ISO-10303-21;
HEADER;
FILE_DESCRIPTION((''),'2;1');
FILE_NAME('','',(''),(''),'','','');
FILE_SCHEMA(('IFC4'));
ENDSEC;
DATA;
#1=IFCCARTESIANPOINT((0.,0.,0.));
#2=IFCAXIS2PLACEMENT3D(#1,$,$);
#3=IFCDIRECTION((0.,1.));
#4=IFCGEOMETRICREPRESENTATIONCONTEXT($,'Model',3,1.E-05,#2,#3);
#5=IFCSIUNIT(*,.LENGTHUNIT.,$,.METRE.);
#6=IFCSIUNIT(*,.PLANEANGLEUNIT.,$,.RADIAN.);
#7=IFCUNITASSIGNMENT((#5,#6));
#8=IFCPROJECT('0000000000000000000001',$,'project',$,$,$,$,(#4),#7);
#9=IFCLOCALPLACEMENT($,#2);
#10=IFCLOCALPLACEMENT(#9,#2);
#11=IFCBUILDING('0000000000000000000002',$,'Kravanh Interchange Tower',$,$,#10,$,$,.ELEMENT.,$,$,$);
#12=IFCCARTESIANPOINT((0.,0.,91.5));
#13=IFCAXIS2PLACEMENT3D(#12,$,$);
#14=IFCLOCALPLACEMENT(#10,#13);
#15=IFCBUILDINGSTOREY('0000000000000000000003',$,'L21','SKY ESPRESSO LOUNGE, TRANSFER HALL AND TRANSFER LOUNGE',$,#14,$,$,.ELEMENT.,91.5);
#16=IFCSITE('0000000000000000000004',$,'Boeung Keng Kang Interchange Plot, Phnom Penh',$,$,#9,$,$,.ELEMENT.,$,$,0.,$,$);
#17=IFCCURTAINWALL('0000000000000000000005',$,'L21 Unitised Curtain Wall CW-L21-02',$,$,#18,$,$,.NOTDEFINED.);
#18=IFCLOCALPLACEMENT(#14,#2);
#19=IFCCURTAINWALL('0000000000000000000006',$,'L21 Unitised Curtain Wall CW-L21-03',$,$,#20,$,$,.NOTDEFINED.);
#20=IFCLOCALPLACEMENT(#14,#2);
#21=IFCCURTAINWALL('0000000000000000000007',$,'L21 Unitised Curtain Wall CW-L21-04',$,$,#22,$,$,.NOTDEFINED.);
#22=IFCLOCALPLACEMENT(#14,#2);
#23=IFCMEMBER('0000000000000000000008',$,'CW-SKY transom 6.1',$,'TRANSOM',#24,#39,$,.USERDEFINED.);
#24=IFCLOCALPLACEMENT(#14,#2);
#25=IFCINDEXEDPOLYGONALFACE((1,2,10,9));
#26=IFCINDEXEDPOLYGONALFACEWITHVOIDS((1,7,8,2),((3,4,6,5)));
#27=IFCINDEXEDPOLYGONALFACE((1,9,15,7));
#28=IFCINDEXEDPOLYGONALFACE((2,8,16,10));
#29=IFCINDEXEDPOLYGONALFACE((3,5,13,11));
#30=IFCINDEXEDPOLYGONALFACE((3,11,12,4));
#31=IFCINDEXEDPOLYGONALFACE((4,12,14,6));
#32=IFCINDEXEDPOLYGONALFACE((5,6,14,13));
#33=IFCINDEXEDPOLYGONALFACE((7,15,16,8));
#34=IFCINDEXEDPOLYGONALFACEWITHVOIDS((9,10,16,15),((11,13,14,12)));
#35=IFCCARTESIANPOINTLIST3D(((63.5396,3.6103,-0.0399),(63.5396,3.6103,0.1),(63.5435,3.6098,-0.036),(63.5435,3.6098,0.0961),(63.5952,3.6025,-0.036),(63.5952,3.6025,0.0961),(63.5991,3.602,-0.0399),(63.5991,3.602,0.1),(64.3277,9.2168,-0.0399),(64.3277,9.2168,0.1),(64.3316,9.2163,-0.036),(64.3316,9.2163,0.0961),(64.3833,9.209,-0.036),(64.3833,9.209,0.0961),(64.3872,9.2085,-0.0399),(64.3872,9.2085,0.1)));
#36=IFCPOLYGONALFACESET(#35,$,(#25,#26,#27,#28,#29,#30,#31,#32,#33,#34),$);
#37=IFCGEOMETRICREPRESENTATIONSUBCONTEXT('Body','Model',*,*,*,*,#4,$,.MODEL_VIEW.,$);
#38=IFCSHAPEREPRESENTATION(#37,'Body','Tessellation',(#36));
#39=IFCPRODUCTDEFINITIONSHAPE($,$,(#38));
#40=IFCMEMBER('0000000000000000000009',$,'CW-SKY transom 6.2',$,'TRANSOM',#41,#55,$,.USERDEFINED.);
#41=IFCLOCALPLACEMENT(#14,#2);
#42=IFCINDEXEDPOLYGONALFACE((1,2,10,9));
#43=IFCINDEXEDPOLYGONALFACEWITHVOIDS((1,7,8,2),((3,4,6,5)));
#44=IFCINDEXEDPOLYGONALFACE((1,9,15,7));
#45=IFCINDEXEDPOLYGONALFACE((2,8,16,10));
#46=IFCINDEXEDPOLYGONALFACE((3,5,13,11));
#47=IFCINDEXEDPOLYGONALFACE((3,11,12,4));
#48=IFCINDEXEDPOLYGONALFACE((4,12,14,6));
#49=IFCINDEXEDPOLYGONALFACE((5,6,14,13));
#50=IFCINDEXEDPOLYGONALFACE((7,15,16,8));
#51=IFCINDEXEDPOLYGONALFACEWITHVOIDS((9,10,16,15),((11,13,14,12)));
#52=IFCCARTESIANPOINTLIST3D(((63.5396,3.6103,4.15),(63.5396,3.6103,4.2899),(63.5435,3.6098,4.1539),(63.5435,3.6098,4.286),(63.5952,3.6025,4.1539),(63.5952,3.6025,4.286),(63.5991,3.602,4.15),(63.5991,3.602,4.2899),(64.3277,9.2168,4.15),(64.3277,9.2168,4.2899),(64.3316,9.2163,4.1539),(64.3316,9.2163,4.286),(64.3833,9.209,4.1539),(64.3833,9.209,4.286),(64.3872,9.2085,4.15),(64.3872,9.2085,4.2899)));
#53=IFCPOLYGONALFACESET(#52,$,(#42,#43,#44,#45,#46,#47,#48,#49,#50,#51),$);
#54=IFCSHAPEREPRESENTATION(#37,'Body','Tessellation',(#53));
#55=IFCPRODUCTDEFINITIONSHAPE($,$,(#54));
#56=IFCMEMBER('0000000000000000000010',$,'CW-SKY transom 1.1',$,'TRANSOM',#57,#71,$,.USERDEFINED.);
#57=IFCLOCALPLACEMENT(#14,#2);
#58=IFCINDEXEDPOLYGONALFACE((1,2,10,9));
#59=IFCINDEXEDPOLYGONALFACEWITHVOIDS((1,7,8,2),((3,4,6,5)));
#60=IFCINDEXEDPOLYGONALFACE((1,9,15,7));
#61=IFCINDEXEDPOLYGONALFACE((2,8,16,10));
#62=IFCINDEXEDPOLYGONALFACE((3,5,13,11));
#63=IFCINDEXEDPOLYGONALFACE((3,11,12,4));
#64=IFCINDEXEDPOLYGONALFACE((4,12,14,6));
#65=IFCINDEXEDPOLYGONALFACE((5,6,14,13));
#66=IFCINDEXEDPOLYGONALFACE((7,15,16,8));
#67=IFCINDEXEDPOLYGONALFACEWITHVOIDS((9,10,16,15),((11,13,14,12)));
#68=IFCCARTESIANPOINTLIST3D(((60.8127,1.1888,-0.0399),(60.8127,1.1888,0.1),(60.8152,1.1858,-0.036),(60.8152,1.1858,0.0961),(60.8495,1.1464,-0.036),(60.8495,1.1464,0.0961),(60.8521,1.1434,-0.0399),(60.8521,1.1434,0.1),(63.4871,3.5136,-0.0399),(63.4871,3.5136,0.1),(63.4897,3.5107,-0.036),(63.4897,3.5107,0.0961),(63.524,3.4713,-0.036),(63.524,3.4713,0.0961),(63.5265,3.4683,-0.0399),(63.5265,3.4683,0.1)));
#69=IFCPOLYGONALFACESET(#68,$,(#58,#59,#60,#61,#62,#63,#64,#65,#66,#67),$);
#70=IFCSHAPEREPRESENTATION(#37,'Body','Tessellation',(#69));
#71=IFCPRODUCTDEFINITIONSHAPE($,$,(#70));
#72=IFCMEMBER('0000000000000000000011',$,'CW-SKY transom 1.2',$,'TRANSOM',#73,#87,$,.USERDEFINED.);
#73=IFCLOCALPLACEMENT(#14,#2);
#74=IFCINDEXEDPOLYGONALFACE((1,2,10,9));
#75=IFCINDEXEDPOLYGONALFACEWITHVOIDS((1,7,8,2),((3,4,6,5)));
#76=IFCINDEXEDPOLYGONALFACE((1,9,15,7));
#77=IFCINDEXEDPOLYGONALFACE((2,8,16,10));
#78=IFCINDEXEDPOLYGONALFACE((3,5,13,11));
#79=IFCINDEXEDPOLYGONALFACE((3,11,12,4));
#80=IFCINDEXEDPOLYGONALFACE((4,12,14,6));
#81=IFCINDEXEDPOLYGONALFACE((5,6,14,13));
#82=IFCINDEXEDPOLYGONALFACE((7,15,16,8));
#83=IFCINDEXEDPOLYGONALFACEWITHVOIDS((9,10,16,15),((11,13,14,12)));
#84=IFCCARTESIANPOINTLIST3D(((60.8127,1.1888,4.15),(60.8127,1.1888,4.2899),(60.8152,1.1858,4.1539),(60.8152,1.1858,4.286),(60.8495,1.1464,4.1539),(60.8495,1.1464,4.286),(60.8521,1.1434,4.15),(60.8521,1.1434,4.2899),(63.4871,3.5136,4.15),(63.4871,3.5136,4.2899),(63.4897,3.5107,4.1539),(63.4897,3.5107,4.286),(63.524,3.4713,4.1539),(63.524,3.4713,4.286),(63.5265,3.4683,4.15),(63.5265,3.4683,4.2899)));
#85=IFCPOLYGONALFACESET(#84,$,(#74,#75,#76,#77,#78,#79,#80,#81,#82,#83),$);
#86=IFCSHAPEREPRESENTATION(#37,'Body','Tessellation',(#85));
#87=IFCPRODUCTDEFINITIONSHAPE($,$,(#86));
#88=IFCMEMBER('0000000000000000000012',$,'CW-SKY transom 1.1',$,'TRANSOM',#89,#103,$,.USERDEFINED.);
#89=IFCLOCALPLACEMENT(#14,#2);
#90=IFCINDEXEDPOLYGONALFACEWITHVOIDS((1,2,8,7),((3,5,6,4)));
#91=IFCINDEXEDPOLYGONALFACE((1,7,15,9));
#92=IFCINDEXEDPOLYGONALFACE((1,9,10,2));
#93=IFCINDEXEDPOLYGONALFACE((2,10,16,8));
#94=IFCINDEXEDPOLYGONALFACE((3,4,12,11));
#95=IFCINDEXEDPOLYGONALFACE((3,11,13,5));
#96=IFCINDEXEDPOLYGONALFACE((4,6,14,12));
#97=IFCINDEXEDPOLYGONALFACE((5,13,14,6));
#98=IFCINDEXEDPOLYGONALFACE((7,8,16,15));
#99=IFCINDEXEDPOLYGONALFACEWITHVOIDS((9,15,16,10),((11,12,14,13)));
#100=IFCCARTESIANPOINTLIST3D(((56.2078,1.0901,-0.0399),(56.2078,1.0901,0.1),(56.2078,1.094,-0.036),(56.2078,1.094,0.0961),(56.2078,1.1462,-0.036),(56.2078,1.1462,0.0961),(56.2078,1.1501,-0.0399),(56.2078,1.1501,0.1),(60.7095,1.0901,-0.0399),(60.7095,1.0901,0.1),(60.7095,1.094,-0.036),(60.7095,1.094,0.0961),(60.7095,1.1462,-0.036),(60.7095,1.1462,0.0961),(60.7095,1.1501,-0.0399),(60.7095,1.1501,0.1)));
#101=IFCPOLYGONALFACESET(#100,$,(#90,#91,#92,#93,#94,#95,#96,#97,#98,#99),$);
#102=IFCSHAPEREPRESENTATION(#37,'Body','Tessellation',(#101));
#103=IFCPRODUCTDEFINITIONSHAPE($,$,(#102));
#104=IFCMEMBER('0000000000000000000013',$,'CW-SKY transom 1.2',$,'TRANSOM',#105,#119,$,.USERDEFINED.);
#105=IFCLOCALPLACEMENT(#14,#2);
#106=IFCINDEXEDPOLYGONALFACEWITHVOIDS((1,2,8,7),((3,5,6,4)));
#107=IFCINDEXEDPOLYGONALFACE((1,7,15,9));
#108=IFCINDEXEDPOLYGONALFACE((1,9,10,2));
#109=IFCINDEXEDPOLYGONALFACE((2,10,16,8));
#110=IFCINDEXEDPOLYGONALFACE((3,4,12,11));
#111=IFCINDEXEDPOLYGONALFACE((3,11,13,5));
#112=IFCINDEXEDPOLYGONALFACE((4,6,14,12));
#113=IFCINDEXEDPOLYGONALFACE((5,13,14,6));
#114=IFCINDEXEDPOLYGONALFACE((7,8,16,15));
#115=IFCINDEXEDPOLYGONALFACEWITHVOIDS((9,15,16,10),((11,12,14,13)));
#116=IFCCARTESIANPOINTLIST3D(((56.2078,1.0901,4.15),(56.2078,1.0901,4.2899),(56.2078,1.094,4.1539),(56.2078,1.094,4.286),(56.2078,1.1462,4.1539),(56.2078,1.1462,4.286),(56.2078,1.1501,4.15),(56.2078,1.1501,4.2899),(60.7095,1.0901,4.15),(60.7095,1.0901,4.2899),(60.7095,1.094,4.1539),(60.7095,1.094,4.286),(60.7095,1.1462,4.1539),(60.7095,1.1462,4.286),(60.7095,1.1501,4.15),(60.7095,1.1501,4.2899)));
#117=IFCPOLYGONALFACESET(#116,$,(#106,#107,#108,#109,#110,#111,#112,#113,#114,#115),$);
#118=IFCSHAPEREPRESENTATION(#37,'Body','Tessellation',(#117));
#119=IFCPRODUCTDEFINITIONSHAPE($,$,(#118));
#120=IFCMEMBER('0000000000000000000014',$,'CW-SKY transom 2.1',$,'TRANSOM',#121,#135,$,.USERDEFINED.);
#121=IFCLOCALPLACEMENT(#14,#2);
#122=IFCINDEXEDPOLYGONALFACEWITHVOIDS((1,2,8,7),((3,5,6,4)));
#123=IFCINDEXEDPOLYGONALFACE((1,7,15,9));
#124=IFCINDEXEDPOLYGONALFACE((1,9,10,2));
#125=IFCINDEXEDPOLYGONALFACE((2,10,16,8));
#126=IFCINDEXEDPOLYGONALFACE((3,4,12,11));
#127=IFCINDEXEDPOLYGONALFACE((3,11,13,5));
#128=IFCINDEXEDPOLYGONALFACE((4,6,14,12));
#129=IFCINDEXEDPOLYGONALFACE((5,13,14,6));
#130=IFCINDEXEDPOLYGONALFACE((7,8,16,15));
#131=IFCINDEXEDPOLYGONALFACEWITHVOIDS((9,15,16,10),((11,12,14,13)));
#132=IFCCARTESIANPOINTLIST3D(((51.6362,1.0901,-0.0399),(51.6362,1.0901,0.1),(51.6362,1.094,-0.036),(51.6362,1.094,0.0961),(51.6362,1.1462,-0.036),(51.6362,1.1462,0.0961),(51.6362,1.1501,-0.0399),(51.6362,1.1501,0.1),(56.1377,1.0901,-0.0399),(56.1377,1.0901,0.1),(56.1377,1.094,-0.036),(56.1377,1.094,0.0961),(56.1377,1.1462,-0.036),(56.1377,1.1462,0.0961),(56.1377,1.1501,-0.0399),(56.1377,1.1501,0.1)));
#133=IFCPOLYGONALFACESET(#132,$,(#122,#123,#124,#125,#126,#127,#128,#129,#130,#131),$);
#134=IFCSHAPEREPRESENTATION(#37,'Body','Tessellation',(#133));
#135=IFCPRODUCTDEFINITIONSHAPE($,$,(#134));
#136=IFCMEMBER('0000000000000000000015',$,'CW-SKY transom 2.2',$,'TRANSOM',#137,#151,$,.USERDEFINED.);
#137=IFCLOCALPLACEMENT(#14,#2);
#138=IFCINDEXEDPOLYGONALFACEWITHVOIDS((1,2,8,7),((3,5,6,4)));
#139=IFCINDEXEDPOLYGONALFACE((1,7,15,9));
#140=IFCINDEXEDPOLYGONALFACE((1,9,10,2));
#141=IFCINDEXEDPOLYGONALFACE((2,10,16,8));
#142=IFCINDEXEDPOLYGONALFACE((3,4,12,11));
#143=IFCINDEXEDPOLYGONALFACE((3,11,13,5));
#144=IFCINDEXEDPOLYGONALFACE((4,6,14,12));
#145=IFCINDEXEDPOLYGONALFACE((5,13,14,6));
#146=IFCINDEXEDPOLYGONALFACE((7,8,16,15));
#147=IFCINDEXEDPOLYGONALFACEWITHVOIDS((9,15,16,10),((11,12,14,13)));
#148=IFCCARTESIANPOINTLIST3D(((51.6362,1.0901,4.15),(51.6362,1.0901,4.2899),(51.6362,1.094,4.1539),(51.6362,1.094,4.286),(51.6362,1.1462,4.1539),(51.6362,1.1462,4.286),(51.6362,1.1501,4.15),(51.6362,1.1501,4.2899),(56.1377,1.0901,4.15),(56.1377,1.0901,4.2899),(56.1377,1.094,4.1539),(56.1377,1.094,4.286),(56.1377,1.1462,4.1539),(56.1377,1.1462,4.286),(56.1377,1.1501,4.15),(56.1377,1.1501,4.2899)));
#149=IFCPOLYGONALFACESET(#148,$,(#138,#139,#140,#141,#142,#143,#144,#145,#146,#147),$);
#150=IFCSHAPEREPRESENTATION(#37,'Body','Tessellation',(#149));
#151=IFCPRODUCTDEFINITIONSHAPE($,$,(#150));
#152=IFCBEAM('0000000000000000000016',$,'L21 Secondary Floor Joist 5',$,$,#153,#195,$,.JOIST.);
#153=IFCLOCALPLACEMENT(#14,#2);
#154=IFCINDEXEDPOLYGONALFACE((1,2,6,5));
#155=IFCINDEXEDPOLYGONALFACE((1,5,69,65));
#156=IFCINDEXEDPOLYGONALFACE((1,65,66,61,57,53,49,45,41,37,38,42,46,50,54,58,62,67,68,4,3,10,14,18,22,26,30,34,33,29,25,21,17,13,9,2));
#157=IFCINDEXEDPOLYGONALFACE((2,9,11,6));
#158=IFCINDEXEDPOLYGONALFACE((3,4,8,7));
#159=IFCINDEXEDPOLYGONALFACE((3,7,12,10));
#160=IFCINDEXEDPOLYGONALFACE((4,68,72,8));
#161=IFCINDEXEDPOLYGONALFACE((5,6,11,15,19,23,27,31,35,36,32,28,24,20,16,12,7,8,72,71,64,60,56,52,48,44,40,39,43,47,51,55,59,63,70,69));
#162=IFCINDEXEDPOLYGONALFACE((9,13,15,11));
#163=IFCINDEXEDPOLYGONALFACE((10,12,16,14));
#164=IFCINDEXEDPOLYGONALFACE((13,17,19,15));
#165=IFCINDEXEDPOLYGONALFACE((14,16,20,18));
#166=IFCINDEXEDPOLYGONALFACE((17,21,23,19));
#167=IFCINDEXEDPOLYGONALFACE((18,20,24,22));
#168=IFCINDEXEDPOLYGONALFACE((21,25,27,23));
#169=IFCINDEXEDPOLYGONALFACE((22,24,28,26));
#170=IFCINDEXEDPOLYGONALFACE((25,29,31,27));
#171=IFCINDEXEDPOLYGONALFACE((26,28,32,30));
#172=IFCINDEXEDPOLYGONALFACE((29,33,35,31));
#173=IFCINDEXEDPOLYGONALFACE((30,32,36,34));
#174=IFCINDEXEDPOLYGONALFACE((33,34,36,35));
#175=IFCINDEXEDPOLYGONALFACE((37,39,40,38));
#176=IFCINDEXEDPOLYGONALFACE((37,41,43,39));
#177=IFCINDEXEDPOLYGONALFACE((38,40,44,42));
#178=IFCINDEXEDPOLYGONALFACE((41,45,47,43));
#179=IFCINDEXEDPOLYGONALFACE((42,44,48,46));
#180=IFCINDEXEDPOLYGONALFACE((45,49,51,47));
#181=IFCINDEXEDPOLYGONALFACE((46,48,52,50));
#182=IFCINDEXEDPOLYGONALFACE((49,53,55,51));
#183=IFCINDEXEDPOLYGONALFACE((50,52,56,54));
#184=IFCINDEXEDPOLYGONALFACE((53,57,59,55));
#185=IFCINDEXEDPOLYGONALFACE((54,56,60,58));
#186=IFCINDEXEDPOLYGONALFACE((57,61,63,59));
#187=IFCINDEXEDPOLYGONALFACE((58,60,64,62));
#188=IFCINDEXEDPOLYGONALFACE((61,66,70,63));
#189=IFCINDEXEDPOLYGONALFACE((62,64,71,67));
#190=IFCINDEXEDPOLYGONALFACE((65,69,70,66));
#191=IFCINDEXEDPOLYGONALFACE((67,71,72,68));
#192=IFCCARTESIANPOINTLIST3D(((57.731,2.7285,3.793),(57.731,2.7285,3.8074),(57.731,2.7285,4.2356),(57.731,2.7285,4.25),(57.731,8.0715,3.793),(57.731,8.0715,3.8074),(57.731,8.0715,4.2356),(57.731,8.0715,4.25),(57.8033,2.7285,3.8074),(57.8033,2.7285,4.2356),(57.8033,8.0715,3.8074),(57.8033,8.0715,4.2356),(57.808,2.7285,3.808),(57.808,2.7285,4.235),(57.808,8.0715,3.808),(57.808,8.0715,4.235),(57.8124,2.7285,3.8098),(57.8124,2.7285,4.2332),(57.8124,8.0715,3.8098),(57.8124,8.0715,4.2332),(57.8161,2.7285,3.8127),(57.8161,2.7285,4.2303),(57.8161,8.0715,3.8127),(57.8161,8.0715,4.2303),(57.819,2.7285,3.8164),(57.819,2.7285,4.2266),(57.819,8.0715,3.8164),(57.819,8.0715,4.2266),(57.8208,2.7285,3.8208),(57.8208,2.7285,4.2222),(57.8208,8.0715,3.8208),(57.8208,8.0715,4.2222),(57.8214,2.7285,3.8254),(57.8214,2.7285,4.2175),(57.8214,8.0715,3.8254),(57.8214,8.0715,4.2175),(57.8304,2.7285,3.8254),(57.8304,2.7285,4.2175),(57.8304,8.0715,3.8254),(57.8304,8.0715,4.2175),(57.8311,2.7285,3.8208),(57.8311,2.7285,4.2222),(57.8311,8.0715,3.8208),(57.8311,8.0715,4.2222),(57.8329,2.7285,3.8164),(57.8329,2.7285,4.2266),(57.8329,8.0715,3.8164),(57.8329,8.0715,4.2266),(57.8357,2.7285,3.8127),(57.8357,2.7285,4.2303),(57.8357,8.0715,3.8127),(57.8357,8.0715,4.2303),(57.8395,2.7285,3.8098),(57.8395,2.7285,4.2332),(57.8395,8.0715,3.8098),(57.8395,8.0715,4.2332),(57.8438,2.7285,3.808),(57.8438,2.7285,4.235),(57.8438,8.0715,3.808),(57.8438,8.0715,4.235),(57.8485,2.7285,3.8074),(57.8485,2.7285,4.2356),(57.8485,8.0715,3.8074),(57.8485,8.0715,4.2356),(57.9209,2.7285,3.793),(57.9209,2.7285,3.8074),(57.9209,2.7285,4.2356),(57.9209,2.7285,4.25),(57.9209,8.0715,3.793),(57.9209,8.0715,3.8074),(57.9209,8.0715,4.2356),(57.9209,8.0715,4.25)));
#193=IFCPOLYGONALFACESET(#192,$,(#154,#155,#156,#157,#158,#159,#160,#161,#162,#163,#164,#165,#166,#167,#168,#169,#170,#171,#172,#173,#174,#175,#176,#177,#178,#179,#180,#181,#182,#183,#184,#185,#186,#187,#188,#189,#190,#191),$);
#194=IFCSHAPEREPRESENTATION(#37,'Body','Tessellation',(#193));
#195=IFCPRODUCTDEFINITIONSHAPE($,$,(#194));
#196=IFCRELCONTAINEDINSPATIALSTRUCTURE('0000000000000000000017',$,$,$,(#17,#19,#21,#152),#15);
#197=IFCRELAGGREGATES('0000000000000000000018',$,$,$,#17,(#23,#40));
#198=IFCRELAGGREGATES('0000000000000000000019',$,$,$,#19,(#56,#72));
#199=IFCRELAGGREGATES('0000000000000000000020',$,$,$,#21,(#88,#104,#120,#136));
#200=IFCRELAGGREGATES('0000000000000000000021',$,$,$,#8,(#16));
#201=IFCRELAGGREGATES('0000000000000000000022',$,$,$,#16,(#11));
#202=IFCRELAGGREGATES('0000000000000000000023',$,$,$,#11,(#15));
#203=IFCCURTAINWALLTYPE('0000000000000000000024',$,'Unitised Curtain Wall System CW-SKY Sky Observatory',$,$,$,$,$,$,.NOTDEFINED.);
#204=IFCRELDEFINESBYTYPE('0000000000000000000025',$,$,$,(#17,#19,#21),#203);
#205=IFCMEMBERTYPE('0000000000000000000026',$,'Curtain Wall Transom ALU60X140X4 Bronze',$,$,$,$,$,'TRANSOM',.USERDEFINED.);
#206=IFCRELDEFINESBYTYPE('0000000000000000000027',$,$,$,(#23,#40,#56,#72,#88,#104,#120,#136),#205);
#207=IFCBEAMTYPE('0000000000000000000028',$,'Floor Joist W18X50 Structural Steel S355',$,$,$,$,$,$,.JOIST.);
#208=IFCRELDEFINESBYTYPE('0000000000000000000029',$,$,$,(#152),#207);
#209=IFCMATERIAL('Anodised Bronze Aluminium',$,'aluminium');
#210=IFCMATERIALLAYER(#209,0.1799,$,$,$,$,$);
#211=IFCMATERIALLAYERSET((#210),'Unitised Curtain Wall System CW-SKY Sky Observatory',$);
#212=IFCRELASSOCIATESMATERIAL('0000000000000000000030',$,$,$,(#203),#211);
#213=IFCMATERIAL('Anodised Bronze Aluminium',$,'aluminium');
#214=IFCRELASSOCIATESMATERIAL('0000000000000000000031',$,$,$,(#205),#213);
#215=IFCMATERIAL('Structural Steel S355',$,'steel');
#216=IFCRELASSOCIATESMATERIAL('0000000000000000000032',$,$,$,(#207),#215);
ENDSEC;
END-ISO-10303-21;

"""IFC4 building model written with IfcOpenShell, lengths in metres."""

from ifc_helpers import new_model, si_unit, direction, frame, origin, origin_2d, place, context, subcontext, project, spatial, hollow_rectangle, i_section, extrude, material, layer, layer_set, material_profile, profile_set, type_object, element, aggregate, save


model = new_model("IFC4")

# Units and contexts
model_context = context("Model", 3, precision=1e-05, world=origin(), true_north=direction((0.0, 1.0)))
body_context = subcontext(model_context, "Body", "Model", "MODEL_VIEW")
ifc_project = project(units=[si_unit("LENGTHUNIT", "METRE"), si_unit("PLANEANGLEUNIT", "RADIAN")], contexts=[model_context])

# Site, building, storey
site_placement = place(None, origin())
site = spatial("IfcSite", under=ifc_project, at=site_placement, Name="Boeung Keng Kang Interchange Plot, Phnom Penh", CompositionType="ELEMENT", RefElevation=0.0)
building_placement = place(site_placement, origin())
building = spatial("IfcBuilding", under=site, at=building_placement, Name="Kravanh Interchange Tower", CompositionType="ELEMENT")
storey_placement = place(building_placement, frame((0.0, 0.0, 91.5)))
storey = spatial("IfcBuildingStorey", under=building, at=storey_placement, Name="L21", Description="SKY ESPRESSO LOUNGE, TRANSFER HALL AND TRANSFER LOUNGE", CompositionType="ELEMENT", Elevation=91.5)

# Curtain wall
ifc_material_1 = material(Name="Anodised Bronze Aluminium", Category="aluminium")
ifc_layer_1 = layer(ifc_material_1, 0.1799)
ifc_layer_set_1 = layer_set([ifc_layer_1], Name="Unitised Curtain Wall System CW-SKY Sky Observatory")
curtain_wall_type = type_object("IfcCurtainWallType", Name="Unitised Curtain Wall System CW-SKY Sky Observatory", PredefinedType="NOTDEFINED", material=ifc_layer_set_1)
curtain_wall_1_placement = place(storey_placement, origin())
curtain_wall_1 = element("IfcCurtainWall", 1, at=curtain_wall_1_placement, inside=storey, type_object=curtain_wall_type, Name="L21 Unitised Curtain Wall CW-L21-02", PredefinedType="NOTDEFINED")

# Curtain walls
curtain_wall_2_placement = place(storey_placement, origin())
curtain_wall_2 = element("IfcCurtainWall", 2, at=curtain_wall_2_placement, inside=storey, type_object=curtain_wall_type, Name="L21 Unitised Curtain Wall CW-L21-03", PredefinedType="NOTDEFINED")
curtain_wall_3_placement = place(storey_placement, origin())
curtain_wall_3 = element("IfcCurtainWall", 3, at=curtain_wall_3_placement, inside=storey, type_object=curtain_wall_type, Name="L21 Unitised Curtain Wall CW-L21-04", PredefinedType="NOTDEFINED")

# Members
ifc_material_2 = material(Name="Anodised Bronze Aluminium", Category="aluminium")
ifc_material_profile_1 = material_profile(ifc_material_2, hollow_rectangle(XDim=0.0601, YDim=0.1399, WallThickness=0.0039, at=origin_2d()), Name="ALU60X140X4")
ifc_profile_set_1 = profile_set([ifc_material_profile_1], Name="Anodised Bronze Aluminium")
member_type_1 = type_object("IfcMemberType", Name="Curtain Wall Transom ALU60X140X4 Bronze", ElementType="TRANSOM", PredefinedType="USERDEFINED", material=ifc_profile_set_1)
member_1_placement = place(storey_placement, frame((64.3574, 9.2126, 0.03), z_axis=(-0.139199, -0.990264, 0.0), x_axis=(0.990264, -0.139199, 0.0)))
member_1 = element("IfcMember", 4, at=member_1_placement, type_object=member_type_1, Name="CW-SKY transom 6.1", ObjectType="TRANSOM", PredefinedType="USERDEFINED", context=body_context, shape_type="SweptSolid", body=[
    extrude(hollow_rectangle(XDim=0.0601, YDim=0.1399, WallThickness=0.0039, at=origin_2d()), origin(), (0.0, 0.0, 1.0), 5.6616),
])
member_2_placement = place(storey_placement, frame((64.3574, 9.2126, 4.22), z_axis=(-0.139199, -0.990264, 0.0), x_axis=(0.990264, -0.139199, 0.0)))
member_2 = element("IfcMember", 5, at=member_2_placement, type_object=member_type_1, Name="CW-SKY transom 6.2", ObjectType="TRANSOM", PredefinedType="USERDEFINED", context=body_context, shape_type="SweptSolid", body=[
    extrude(hollow_rectangle(XDim=0.0601, YDim=0.1399, WallThickness=0.0039, at=origin_2d()), origin(), (0.0, 0.0, 1.0), 5.6616),
])
member_3_placement = place(storey_placement, frame((63.5068, 3.491, 0.03), z_axis=(-0.754711, -0.656058, 0.0), x_axis=(0.656058, -0.754711, 0.0)))
member_3 = element("IfcMember", 6, at=member_3_placement, type_object=member_type_1, Name="CW-SKY transom 1.1", ObjectType="TRANSOM", PredefinedType="USERDEFINED", context=body_context, shape_type="SweptSolid", body=[
    extrude(hollow_rectangle(XDim=0.0601, YDim=0.1399, WallThickness=0.0039, at=origin_2d()), origin(), (0.0, 0.0, 1.0), 3.5437),
])
member_4_placement = place(storey_placement, frame((63.5068, 3.491, 4.22), z_axis=(-0.754711, -0.656058, 0.0), x_axis=(0.656058, -0.754711, 0.0)))
member_4 = element("IfcMember", 7, at=member_4_placement, type_object=member_type_1, Name="CW-SKY transom 1.2", ObjectType="TRANSOM", PredefinedType="USERDEFINED", context=body_context, shape_type="SweptSolid", body=[
    extrude(hollow_rectangle(XDim=0.0601, YDim=0.1399, WallThickness=0.0039, at=origin_2d()), origin(), (0.0, 0.0, 1.0), 3.5437),
])
member_5_placement = place(storey_placement, frame((60.7095, 1.1201, 0.03), z_axis=(-1.0, 0.0, 0.0), x_axis=(0.0, -1.0, 0.0)))
member_5 = element("IfcMember", 8, at=member_5_placement, type_object=member_type_1, Name="CW-SKY transom 1.1", ObjectType="TRANSOM", PredefinedType="USERDEFINED", context=body_context, shape_type="SweptSolid", body=[
    extrude(hollow_rectangle(XDim=0.0601, YDim=0.1399, WallThickness=0.0039, at=origin_2d()), origin(), (0.0, 0.0, 1.0), 4.5017),
])
member_6_placement = place(storey_placement, frame((60.7095, 1.1201, 4.22), z_axis=(-1.0, 0.0, 0.0), x_axis=(0.0, -1.0, 0.0)))
member_6 = element("IfcMember", 9, at=member_6_placement, type_object=member_type_1, Name="CW-SKY transom 1.2", ObjectType="TRANSOM", PredefinedType="USERDEFINED", context=body_context, shape_type="SweptSolid", body=[
    extrude(hollow_rectangle(XDim=0.0601, YDim=0.1399, WallThickness=0.0039, at=origin_2d()), origin(), (0.0, 0.0, 1.0), 4.5017),
])
member_7_placement = place(storey_placement, frame((56.1377, 1.1201, 0.03), z_axis=(-1.0, 0.0, 0.0), x_axis=(0.0, -1.0, 0.0)))
member_7 = element("IfcMember", 10, at=member_7_placement, type_object=member_type_1, Name="CW-SKY transom 2.1", ObjectType="TRANSOM", PredefinedType="USERDEFINED", context=body_context, shape_type="SweptSolid", body=[
    extrude(hollow_rectangle(XDim=0.0601, YDim=0.1399, WallThickness=0.0039, at=origin_2d()), origin(), (0.0, 0.0, 1.0), 4.5015),
])
member_8_placement = place(storey_placement, frame((56.1377, 1.1201, 4.22), z_axis=(-1.0, 0.0, 0.0), x_axis=(0.0, -1.0, 0.0)))
member_8 = element("IfcMember", 11, at=member_8_placement, type_object=member_type_1, Name="CW-SKY transom 2.2", ObjectType="TRANSOM", PredefinedType="USERDEFINED", context=body_context, shape_type="SweptSolid", body=[
    extrude(hollow_rectangle(XDim=0.0601, YDim=0.1399, WallThickness=0.0039, at=origin_2d()), origin(), (0.0, 0.0, 1.0), 4.5015),
])

# Beam
ifc_material_3 = material(Name="Structural Steel S355", Category="steel")
ifc_material_profile_2 = material_profile(ifc_material_3, i_section(OverallWidth=0.1899, OverallDepth=0.457, WebThickness=0.009, FlangeThickness=0.0144, FilletRadius=0.0181, at=origin_2d()), Name="W18X50")
ifc_profile_set_2 = profile_set([ifc_material_profile_2], Name="Structural Steel S355")
beam_type_1 = type_object("IfcBeamType", Name="Floor Joist W18X50 Structural Steel S355", PredefinedType="JOIST", material=ifc_profile_set_2)
for number, where, z_axis, x_axis, name in (
    (12, (57.8259, 2.7285, 4.0215), (0.0, 1.0, 0.0), (-1.0, 0.0, 0.0), "L21 Secondary Floor Joist 5"),
):
    element("IfcBeam", number, at=place(storey_placement, frame(where, z_axis=z_axis, x_axis=x_axis)), inside=storey, type_object=beam_type_1, Name=name, PredefinedType="JOIST", context=body_context, shape_type="SweptSolid", body=[
        extrude(i_section(OverallWidth=0.1899, OverallDepth=0.457, WebThickness=0.009, FlangeThickness=0.0144, FilletRadius=0.0181, at=origin_2d()), origin(), (0.0, 0.0, 1.0), 5.343),
    ])

aggregate(curtain_wall_1, [member_1, member_2])
aggregate(curtain_wall_2, [member_3, member_4])
aggregate(curtain_wall_3, [member_5, member_6, member_7, member_8])

save(model, "model.ifc")
